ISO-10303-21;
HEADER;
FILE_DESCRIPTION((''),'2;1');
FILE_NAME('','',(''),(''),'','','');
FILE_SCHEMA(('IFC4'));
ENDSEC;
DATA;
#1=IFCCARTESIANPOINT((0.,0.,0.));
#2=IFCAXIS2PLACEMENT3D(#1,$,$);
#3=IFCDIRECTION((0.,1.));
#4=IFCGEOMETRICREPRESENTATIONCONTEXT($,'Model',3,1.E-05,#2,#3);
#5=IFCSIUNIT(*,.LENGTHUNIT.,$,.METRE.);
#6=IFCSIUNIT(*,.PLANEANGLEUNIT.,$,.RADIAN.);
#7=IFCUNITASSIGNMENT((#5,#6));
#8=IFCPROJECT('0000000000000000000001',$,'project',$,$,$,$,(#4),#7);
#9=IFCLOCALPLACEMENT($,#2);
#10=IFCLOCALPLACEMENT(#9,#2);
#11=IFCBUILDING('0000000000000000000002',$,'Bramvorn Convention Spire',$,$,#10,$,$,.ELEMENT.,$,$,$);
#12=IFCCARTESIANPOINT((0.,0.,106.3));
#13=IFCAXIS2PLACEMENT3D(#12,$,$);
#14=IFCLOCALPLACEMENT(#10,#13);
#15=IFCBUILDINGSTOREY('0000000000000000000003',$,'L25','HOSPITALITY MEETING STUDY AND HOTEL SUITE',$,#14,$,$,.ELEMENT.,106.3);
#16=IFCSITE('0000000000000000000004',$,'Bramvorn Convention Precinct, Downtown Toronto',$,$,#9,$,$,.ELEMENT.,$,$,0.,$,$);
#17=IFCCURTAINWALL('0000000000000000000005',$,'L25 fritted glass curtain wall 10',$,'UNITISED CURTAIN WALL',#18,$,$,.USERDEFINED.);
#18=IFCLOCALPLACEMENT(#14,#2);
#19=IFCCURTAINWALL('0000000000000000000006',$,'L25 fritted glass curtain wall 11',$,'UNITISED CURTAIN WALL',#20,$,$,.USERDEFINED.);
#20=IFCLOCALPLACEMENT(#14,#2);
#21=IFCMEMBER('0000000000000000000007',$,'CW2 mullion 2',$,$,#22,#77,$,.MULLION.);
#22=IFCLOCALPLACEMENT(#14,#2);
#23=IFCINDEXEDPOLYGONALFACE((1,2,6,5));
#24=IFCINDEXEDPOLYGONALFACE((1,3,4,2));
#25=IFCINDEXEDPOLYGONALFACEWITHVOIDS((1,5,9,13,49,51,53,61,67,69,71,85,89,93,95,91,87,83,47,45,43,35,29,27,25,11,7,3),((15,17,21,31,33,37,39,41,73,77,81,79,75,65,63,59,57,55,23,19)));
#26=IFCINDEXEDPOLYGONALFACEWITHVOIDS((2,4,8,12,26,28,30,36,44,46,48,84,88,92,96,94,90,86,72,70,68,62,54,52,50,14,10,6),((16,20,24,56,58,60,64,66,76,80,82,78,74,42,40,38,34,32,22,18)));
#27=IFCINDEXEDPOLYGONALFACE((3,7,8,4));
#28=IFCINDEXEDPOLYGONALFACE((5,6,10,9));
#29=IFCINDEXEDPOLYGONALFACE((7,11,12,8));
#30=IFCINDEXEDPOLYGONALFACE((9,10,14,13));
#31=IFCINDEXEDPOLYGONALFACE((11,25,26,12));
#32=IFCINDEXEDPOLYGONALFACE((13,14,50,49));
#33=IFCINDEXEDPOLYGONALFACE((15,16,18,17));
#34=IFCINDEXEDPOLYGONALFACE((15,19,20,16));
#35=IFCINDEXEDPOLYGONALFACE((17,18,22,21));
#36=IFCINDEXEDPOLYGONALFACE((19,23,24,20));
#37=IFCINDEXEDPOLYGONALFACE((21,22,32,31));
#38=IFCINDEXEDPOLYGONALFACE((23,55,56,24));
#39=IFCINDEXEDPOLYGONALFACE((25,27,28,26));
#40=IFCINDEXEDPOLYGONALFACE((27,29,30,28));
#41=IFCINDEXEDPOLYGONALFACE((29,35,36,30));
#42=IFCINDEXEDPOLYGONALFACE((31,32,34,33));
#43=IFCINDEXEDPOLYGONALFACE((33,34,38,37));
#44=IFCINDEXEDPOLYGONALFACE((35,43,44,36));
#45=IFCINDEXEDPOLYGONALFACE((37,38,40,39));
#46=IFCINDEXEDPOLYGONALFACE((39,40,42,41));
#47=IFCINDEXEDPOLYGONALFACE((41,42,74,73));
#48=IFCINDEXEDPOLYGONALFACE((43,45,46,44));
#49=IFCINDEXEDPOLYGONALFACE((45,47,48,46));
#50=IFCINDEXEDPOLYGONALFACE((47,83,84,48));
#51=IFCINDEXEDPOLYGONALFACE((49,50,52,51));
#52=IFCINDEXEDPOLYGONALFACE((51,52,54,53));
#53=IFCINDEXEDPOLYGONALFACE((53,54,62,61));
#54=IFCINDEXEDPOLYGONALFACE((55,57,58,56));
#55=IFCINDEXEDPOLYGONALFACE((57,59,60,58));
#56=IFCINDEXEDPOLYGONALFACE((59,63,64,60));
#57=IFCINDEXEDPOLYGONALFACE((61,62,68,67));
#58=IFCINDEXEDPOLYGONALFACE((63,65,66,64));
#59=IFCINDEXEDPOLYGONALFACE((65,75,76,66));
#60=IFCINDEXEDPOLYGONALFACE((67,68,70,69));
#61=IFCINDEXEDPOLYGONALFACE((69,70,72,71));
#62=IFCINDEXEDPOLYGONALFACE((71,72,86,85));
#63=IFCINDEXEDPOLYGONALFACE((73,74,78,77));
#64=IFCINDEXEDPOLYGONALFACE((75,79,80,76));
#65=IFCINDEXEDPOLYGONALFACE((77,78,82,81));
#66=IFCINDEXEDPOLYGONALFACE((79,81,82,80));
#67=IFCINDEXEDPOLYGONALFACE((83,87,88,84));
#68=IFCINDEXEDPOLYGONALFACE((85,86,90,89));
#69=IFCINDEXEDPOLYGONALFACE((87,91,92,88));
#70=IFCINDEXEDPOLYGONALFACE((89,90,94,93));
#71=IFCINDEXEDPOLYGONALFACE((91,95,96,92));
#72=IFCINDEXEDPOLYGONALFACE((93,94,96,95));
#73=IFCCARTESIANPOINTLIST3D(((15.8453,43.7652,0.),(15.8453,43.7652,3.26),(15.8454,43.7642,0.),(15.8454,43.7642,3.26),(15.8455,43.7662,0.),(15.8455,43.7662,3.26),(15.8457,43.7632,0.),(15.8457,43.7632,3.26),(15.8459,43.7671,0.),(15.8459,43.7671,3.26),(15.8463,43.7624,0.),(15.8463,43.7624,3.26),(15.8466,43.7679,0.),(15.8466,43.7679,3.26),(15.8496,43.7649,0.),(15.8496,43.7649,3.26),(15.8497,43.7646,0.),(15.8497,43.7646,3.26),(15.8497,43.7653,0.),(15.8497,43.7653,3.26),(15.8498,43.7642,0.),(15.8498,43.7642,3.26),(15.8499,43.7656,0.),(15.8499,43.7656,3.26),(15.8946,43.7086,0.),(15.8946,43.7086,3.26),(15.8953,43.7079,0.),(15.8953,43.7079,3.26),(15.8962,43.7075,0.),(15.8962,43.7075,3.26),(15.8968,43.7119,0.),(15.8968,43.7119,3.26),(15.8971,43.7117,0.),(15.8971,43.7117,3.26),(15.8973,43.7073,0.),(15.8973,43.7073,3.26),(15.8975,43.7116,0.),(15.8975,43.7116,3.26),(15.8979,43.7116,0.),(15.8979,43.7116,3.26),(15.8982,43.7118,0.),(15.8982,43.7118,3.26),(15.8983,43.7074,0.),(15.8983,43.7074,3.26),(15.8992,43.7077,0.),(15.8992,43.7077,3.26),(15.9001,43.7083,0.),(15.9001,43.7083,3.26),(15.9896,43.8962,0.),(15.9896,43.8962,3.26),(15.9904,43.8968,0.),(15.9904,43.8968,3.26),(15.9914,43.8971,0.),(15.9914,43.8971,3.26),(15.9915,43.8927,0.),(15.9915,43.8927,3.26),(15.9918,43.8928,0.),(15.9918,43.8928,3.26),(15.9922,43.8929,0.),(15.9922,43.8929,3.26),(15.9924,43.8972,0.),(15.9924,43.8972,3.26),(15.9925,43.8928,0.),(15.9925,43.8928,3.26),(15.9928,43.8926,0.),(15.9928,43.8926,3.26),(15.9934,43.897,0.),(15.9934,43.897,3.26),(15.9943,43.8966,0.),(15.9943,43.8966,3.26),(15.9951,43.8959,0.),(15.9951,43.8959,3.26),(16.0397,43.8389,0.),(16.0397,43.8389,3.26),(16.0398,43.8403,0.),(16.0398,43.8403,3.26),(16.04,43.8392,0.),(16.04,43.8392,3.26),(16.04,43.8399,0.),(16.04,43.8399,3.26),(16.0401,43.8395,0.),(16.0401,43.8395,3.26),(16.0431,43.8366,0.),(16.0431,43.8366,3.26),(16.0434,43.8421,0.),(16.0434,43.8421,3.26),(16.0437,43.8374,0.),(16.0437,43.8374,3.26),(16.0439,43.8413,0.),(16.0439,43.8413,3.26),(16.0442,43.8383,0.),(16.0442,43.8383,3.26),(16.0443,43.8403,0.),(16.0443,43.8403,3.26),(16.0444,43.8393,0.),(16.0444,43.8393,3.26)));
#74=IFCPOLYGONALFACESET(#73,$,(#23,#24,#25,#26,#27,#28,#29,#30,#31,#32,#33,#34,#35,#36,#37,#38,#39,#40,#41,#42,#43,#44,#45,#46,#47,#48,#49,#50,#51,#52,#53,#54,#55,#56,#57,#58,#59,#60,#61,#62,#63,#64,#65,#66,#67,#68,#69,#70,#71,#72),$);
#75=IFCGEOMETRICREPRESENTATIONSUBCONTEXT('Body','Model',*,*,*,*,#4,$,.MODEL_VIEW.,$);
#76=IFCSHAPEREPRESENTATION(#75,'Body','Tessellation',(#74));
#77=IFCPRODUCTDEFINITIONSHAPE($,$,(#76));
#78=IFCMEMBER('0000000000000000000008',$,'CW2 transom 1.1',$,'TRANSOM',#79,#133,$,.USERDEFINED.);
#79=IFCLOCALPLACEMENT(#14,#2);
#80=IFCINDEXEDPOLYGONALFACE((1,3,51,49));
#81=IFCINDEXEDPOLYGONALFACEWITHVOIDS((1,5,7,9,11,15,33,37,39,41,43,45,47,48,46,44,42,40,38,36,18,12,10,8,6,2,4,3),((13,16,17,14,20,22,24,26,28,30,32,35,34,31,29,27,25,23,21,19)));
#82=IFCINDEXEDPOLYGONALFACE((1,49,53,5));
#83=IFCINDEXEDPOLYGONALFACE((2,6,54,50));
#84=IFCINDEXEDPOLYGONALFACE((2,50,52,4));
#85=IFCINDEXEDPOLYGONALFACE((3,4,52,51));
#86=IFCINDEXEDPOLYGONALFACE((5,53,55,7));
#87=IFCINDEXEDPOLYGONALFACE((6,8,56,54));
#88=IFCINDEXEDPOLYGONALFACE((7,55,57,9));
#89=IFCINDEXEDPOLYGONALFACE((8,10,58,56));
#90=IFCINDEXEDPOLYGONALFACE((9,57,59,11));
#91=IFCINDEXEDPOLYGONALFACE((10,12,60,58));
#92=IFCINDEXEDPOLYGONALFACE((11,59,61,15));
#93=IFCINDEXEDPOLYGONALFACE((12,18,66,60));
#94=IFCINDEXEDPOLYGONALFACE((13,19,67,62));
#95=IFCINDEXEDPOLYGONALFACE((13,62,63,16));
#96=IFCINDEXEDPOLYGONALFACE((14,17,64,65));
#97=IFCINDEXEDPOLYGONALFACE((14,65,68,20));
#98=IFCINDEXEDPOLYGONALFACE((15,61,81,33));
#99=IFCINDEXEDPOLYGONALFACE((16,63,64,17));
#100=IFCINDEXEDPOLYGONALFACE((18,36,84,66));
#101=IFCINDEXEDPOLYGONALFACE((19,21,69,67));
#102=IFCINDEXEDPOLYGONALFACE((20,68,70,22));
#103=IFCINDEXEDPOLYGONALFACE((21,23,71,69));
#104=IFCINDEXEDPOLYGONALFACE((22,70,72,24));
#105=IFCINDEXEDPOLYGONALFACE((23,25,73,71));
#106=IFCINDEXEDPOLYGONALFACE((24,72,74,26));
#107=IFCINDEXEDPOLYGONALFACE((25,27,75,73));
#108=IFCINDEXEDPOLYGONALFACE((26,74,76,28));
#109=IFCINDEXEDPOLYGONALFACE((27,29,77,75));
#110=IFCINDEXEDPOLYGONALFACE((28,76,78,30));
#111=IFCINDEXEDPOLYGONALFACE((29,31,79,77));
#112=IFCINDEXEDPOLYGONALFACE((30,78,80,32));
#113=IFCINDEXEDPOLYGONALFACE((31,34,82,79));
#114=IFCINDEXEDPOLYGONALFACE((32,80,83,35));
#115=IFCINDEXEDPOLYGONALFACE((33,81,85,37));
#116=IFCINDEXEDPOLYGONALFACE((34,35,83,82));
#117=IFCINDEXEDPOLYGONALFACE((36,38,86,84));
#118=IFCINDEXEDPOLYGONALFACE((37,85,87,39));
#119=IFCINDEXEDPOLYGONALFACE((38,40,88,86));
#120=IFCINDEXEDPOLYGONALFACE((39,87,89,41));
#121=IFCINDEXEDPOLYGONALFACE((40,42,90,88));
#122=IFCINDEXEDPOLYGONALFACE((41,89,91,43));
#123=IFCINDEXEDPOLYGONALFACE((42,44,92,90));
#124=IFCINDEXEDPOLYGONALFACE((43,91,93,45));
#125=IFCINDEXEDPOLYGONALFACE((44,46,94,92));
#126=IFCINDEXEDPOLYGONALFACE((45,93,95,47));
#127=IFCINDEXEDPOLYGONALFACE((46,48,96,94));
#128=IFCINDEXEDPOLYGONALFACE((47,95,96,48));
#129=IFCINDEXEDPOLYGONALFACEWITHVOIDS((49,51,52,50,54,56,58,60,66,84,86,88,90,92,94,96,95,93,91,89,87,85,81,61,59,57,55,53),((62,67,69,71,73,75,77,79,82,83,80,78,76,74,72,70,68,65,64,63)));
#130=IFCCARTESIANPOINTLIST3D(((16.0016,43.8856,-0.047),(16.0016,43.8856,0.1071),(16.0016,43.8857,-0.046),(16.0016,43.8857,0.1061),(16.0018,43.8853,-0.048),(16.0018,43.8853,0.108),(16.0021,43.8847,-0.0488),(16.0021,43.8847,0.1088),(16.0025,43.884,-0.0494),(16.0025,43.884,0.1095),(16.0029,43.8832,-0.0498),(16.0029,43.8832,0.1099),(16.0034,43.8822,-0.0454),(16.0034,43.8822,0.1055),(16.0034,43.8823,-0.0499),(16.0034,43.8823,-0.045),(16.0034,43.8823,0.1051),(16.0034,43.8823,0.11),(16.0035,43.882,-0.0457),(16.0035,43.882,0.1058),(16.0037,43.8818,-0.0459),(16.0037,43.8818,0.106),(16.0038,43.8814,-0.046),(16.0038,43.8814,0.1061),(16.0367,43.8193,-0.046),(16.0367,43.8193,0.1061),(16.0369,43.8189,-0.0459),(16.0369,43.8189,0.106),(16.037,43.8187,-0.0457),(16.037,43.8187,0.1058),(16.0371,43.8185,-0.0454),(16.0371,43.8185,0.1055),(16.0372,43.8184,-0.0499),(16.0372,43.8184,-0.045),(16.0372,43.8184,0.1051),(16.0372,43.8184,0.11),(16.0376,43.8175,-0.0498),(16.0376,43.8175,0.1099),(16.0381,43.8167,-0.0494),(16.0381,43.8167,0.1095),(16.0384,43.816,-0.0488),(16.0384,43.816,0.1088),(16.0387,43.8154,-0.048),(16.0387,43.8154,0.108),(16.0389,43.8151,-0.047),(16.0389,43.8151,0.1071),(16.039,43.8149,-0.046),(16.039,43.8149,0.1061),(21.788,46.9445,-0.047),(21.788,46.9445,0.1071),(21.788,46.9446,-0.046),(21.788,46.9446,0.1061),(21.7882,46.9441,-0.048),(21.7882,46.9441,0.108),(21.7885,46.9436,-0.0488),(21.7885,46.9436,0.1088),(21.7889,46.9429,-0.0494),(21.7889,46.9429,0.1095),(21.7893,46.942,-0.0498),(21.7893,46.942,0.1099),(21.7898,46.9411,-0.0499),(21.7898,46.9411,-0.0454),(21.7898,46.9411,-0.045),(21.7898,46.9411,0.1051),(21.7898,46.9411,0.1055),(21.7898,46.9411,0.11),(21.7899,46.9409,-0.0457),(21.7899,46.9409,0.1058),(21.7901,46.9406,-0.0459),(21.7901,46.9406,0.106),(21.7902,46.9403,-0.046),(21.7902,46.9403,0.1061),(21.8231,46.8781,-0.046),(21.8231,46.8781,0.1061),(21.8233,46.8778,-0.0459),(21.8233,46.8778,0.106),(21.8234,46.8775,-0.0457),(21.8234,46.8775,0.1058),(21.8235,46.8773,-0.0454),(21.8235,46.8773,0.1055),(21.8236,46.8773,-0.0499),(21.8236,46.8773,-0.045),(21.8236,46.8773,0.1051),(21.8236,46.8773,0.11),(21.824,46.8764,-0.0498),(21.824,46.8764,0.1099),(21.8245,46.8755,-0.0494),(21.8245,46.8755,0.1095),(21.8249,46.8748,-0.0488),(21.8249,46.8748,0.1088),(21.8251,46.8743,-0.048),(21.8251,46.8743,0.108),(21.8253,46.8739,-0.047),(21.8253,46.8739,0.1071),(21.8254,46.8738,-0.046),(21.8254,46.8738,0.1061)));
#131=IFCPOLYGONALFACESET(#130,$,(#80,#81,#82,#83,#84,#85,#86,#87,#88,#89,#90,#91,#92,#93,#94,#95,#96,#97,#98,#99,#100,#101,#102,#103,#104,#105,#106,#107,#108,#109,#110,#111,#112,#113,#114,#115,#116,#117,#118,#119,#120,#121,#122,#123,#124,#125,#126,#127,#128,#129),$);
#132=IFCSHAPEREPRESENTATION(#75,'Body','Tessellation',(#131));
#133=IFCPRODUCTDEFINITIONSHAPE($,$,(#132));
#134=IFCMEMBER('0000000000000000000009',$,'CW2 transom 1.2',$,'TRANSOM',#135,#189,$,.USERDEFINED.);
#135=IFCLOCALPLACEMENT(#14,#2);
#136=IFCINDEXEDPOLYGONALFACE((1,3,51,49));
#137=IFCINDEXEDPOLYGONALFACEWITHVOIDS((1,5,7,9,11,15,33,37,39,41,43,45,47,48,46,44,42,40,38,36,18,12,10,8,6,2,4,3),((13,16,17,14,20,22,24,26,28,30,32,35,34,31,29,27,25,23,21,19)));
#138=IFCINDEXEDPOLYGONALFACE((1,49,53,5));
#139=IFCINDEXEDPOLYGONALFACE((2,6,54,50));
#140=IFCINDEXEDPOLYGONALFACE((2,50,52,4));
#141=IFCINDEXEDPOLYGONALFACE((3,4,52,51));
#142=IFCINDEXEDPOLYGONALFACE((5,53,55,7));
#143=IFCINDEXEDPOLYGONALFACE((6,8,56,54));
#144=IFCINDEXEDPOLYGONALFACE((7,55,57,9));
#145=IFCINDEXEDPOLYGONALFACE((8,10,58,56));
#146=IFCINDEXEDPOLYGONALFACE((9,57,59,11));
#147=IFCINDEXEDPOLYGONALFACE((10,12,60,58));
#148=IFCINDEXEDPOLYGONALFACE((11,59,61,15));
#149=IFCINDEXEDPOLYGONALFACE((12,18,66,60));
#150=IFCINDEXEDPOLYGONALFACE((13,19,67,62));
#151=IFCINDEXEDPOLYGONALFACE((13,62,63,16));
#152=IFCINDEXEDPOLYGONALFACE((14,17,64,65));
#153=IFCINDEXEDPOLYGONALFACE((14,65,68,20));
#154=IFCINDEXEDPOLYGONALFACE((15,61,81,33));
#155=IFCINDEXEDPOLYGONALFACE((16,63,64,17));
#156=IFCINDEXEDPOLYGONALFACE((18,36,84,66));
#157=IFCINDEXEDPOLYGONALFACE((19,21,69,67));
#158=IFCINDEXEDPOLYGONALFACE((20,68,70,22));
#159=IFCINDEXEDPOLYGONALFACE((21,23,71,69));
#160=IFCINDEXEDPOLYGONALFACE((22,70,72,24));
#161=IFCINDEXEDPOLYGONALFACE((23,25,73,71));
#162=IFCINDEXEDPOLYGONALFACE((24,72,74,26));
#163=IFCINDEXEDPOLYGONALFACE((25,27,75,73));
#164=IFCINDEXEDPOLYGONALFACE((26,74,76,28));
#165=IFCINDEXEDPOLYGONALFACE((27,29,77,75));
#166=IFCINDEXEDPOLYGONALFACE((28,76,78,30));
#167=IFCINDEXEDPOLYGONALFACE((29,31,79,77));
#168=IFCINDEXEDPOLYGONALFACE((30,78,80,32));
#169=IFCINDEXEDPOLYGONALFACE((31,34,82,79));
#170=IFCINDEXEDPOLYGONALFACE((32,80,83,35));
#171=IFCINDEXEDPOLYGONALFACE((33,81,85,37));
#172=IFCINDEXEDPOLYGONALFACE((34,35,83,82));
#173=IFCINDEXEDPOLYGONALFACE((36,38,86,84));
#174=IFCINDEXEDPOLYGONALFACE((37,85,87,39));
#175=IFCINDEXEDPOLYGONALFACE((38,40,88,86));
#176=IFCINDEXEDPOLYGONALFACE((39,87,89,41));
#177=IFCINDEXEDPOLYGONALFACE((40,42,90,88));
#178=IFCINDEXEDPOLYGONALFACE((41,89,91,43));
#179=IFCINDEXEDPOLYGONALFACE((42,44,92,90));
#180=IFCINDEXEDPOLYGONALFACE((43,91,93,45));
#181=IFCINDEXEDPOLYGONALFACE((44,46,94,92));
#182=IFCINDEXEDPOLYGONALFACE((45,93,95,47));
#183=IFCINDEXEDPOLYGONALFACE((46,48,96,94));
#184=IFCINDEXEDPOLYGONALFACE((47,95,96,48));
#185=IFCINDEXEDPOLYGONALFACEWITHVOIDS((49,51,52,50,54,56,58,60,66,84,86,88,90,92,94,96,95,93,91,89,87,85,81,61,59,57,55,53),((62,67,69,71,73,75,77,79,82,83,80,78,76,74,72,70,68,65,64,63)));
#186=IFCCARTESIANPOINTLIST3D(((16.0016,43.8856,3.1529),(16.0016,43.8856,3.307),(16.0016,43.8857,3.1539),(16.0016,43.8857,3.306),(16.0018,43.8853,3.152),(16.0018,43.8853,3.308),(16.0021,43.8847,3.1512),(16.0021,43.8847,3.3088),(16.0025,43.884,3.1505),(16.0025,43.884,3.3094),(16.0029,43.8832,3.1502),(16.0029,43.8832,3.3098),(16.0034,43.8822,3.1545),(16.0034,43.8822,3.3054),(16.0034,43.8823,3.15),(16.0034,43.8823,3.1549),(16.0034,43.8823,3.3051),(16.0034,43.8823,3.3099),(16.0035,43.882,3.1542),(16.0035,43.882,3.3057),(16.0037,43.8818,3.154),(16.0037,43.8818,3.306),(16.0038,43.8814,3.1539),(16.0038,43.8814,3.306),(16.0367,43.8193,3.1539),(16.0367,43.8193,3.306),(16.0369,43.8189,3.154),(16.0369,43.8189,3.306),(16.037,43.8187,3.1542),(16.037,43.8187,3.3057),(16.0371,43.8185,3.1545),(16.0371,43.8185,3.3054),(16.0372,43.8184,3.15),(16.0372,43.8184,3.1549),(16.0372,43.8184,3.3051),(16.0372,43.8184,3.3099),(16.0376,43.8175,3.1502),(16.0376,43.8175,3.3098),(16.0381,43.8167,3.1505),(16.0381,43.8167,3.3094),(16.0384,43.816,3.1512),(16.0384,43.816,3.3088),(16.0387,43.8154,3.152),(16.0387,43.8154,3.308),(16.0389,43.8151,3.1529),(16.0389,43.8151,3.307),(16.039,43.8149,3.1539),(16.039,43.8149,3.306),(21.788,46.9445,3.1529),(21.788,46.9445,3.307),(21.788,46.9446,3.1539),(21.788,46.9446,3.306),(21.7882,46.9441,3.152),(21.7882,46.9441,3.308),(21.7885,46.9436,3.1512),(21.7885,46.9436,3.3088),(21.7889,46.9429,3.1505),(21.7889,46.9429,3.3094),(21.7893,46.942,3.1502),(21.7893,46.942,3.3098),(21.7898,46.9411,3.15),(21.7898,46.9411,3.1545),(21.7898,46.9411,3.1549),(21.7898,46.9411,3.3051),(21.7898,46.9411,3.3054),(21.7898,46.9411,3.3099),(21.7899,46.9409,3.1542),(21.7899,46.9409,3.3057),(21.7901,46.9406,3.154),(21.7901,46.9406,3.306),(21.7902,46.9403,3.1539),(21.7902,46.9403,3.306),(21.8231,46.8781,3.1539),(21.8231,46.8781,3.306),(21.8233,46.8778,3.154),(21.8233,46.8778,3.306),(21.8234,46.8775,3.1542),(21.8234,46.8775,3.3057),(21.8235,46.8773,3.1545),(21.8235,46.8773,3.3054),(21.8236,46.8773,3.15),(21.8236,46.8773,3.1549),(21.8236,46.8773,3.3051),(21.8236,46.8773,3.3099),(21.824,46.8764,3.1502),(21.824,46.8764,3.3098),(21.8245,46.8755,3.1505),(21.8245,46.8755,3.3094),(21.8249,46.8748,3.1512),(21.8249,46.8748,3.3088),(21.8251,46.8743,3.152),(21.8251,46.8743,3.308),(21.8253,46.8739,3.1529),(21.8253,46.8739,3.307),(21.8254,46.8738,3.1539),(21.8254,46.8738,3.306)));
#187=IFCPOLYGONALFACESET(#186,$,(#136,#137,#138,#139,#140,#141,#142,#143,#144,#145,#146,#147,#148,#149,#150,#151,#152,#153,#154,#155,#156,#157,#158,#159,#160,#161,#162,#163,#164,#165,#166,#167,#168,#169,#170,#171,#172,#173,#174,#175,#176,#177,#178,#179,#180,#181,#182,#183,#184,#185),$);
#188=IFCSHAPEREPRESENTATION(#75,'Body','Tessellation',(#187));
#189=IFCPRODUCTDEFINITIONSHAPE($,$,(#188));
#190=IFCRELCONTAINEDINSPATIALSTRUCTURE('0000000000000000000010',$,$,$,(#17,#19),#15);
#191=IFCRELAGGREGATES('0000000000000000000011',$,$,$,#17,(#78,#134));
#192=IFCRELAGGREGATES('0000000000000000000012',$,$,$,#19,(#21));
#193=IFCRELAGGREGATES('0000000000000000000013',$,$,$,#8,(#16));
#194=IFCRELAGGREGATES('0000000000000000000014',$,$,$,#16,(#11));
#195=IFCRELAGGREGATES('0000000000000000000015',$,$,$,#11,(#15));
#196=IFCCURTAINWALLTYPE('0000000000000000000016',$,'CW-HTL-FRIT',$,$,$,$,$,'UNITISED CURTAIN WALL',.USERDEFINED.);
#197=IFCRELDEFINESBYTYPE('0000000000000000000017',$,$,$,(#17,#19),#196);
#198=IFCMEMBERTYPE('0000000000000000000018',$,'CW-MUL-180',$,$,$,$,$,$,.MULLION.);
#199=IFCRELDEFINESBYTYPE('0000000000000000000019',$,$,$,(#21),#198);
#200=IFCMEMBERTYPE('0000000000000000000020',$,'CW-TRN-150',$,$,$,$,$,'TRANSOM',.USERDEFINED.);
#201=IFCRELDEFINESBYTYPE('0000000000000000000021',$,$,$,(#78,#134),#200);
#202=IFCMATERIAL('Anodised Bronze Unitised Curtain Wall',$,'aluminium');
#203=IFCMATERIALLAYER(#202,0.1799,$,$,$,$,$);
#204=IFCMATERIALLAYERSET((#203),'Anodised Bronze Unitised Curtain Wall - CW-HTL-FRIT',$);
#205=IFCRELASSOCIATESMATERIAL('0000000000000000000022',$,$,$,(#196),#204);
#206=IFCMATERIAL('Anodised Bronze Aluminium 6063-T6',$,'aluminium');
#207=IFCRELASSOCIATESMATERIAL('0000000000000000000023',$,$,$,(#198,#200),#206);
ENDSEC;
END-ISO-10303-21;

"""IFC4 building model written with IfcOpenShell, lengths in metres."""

from ifc_helpers import new_model, si_unit, direction, frame, origin, origin_2d, place, context, subcontext, project, spatial, hollow_rectangle, extrude, material, layer, layer_set, material_profile, profile_set, type_object, element, aggregate, save


model = new_model("IFC4")

# Units and contexts
model_context = context("Model", 3, precision=1e-05, world=origin(), true_north=direction((0.0, 1.0)))
body_context = subcontext(model_context, "Body", "Model", "MODEL_VIEW")
ifc_project = project(units=[si_unit("LENGTHUNIT", "METRE"), si_unit("PLANEANGLEUNIT", "RADIAN")], contexts=[model_context])

# Site, building, storey
site_placement = place(None, origin())
site = spatial("IfcSite", under=ifc_project, at=site_placement, Name="Bramvorn Convention Precinct, Downtown Toronto", CompositionType="ELEMENT", RefElevation=0.0)
building_placement = place(site_placement, origin())
building = spatial("IfcBuilding", under=site, at=building_placement, Name="Bramvorn Convention Spire", CompositionType="ELEMENT")
storey_placement = place(building_placement, frame((0.0, 0.0, 106.3)))
storey = spatial("IfcBuildingStorey", under=building, at=storey_placement, Name="L25", Description="HOSPITALITY MEETING STUDY AND HOTEL SUITE", CompositionType="ELEMENT", Elevation=106.3)

# Curtain walls, member
ifc_material_1 = material(Name="Anodised Bronze Unitised Curtain Wall", Category="aluminium")
ifc_layer_1 = layer(ifc_material_1, 0.1799)
ifc_layer_set_1 = layer_set([ifc_layer_1], Name="Anodised Bronze Unitised Curtain Wall - CW-HTL-FRIT")
curtain_wall_type = type_object("IfcCurtainWallType", Name="CW-HTL-FRIT", ElementType="UNITISED CURTAIN WALL", PredefinedType="USERDEFINED", material=ifc_layer_set_1)
curtain_wall_1_placement = place(storey_placement, origin())
curtain_wall_1 = element("IfcCurtainWall", 1, at=curtain_wall_1_placement, inside=storey, type_object=curtain_wall_type, Name="L25 fritted glass curtain wall 10", ObjectType="UNITISED CURTAIN WALL", PredefinedType="USERDEFINED")
ifc_material_2 = material(Name="Anodised Bronze Aluminium 6063-T6", Category="aluminium")
ifc_material_profile_1 = material_profile(ifc_material_2, hollow_rectangle(XDim=0.0801, YDim=0.2, WallThickness=0.0039, InnerFilletRadius=0.001, OuterFilletRadius=0.0039, at=origin_2d()))
ifc_profile_set_1 = profile_set([ifc_material_profile_1], Name="Anodised Bronze Aluminium 6063-T6 - CWM80X200")
member_type_1 = type_object("IfcMemberType", Name="CW-MUL-180", PredefinedType="MULLION", material=ifc_profile_set_1)
curtain_wall_2_placement = place(storey_placement, origin())
curtain_wall_2 = element("IfcCurtainWall", 2, at=curtain_wall_2_placement, inside=storey, type_object=curtain_wall_type, Name="L25 fritted glass curtain wall 11", ObjectType="UNITISED CURTAIN WALL", PredefinedType="USERDEFINED")
member_1_placement = place(storey_placement, frame((15.9448, 43.8022, 0.0), z_axis=(0.0, 0.0, 1.0), x_axis=(-0.667934, 0.744221, 0.0)))
member_1 = element("IfcMember", 3, at=member_1_placement, type_object=member_type_1, Name="CW2 mullion 2", PredefinedType="MULLION", context=body_context, shape_type="SweptSolid", body=[
    extrude(hollow_rectangle(XDim=0.0801, YDim=0.2, WallThickness=0.0039, InnerFilletRadius=0.001, OuterFilletRadius=0.0039, at=origin_2d()), origin(), (0.0, 0.0, 1.0), 3.26),
])

# Members
ifc_material_profile_2 = material_profile(ifc_material_2, hollow_rectangle(XDim=0.0801, YDim=0.1599, WallThickness=0.0039, InnerFilletRadius=0.001, OuterFilletRadius=0.0039, at=origin_2d()))
ifc_profile_set_2 = profile_set([ifc_material_profile_2], Name="Anodised Bronze Aluminium 6063-T6 - CWT80X160")
member_type_2 = type_object("IfcMemberType", Name="CW-TRN-150", ElementType="TRANSOM", PredefinedType="USERDEFINED", material=ifc_profile_set_2)
member_2_placement = place(storey_placement, frame((16.0203, 43.8503, 0.03), z_axis=(0.884074, 0.467346, 0.0), x_axis=(-0.467346, 0.884074, 0.0)))
member_2 = element("IfcMember", 4, at=member_2_placement, type_object=member_type_2, Name="CW2 transom 1.1", ObjectType="TRANSOM", PredefinedType="USERDEFINED", context=body_context, shape_type="SweptSolid", body=[
    extrude(hollow_rectangle(XDim=0.0801, YDim=0.1599, WallThickness=0.0039, InnerFilletRadius=0.001, OuterFilletRadius=0.0039, at=origin_2d()), origin(), (0.0, 0.0, 1.0), 6.5452),
])
member_3_placement = place(storey_placement, frame((16.0203, 43.8503, 3.23), z_axis=(0.884074, 0.467346, 0.0), x_axis=(-0.467346, 0.884074, 0.0)))
member_3 = element("IfcMember", 5, at=member_3_placement, type_object=member_type_2, Name="CW2 transom 1.2", ObjectType="TRANSOM", PredefinedType="USERDEFINED", context=body_context, shape_type="SweptSolid", body=[
    extrude(hollow_rectangle(XDim=0.0801, YDim=0.1599, WallThickness=0.0039, InnerFilletRadius=0.001, OuterFilletRadius=0.0039, at=origin_2d()), origin(), (0.0, 0.0, 1.0), 6.5452),
])

aggregate(curtain_wall_1, [member_2, member_3])
aggregate(curtain_wall_2, [member_1])

save(model, "model.ifc")
